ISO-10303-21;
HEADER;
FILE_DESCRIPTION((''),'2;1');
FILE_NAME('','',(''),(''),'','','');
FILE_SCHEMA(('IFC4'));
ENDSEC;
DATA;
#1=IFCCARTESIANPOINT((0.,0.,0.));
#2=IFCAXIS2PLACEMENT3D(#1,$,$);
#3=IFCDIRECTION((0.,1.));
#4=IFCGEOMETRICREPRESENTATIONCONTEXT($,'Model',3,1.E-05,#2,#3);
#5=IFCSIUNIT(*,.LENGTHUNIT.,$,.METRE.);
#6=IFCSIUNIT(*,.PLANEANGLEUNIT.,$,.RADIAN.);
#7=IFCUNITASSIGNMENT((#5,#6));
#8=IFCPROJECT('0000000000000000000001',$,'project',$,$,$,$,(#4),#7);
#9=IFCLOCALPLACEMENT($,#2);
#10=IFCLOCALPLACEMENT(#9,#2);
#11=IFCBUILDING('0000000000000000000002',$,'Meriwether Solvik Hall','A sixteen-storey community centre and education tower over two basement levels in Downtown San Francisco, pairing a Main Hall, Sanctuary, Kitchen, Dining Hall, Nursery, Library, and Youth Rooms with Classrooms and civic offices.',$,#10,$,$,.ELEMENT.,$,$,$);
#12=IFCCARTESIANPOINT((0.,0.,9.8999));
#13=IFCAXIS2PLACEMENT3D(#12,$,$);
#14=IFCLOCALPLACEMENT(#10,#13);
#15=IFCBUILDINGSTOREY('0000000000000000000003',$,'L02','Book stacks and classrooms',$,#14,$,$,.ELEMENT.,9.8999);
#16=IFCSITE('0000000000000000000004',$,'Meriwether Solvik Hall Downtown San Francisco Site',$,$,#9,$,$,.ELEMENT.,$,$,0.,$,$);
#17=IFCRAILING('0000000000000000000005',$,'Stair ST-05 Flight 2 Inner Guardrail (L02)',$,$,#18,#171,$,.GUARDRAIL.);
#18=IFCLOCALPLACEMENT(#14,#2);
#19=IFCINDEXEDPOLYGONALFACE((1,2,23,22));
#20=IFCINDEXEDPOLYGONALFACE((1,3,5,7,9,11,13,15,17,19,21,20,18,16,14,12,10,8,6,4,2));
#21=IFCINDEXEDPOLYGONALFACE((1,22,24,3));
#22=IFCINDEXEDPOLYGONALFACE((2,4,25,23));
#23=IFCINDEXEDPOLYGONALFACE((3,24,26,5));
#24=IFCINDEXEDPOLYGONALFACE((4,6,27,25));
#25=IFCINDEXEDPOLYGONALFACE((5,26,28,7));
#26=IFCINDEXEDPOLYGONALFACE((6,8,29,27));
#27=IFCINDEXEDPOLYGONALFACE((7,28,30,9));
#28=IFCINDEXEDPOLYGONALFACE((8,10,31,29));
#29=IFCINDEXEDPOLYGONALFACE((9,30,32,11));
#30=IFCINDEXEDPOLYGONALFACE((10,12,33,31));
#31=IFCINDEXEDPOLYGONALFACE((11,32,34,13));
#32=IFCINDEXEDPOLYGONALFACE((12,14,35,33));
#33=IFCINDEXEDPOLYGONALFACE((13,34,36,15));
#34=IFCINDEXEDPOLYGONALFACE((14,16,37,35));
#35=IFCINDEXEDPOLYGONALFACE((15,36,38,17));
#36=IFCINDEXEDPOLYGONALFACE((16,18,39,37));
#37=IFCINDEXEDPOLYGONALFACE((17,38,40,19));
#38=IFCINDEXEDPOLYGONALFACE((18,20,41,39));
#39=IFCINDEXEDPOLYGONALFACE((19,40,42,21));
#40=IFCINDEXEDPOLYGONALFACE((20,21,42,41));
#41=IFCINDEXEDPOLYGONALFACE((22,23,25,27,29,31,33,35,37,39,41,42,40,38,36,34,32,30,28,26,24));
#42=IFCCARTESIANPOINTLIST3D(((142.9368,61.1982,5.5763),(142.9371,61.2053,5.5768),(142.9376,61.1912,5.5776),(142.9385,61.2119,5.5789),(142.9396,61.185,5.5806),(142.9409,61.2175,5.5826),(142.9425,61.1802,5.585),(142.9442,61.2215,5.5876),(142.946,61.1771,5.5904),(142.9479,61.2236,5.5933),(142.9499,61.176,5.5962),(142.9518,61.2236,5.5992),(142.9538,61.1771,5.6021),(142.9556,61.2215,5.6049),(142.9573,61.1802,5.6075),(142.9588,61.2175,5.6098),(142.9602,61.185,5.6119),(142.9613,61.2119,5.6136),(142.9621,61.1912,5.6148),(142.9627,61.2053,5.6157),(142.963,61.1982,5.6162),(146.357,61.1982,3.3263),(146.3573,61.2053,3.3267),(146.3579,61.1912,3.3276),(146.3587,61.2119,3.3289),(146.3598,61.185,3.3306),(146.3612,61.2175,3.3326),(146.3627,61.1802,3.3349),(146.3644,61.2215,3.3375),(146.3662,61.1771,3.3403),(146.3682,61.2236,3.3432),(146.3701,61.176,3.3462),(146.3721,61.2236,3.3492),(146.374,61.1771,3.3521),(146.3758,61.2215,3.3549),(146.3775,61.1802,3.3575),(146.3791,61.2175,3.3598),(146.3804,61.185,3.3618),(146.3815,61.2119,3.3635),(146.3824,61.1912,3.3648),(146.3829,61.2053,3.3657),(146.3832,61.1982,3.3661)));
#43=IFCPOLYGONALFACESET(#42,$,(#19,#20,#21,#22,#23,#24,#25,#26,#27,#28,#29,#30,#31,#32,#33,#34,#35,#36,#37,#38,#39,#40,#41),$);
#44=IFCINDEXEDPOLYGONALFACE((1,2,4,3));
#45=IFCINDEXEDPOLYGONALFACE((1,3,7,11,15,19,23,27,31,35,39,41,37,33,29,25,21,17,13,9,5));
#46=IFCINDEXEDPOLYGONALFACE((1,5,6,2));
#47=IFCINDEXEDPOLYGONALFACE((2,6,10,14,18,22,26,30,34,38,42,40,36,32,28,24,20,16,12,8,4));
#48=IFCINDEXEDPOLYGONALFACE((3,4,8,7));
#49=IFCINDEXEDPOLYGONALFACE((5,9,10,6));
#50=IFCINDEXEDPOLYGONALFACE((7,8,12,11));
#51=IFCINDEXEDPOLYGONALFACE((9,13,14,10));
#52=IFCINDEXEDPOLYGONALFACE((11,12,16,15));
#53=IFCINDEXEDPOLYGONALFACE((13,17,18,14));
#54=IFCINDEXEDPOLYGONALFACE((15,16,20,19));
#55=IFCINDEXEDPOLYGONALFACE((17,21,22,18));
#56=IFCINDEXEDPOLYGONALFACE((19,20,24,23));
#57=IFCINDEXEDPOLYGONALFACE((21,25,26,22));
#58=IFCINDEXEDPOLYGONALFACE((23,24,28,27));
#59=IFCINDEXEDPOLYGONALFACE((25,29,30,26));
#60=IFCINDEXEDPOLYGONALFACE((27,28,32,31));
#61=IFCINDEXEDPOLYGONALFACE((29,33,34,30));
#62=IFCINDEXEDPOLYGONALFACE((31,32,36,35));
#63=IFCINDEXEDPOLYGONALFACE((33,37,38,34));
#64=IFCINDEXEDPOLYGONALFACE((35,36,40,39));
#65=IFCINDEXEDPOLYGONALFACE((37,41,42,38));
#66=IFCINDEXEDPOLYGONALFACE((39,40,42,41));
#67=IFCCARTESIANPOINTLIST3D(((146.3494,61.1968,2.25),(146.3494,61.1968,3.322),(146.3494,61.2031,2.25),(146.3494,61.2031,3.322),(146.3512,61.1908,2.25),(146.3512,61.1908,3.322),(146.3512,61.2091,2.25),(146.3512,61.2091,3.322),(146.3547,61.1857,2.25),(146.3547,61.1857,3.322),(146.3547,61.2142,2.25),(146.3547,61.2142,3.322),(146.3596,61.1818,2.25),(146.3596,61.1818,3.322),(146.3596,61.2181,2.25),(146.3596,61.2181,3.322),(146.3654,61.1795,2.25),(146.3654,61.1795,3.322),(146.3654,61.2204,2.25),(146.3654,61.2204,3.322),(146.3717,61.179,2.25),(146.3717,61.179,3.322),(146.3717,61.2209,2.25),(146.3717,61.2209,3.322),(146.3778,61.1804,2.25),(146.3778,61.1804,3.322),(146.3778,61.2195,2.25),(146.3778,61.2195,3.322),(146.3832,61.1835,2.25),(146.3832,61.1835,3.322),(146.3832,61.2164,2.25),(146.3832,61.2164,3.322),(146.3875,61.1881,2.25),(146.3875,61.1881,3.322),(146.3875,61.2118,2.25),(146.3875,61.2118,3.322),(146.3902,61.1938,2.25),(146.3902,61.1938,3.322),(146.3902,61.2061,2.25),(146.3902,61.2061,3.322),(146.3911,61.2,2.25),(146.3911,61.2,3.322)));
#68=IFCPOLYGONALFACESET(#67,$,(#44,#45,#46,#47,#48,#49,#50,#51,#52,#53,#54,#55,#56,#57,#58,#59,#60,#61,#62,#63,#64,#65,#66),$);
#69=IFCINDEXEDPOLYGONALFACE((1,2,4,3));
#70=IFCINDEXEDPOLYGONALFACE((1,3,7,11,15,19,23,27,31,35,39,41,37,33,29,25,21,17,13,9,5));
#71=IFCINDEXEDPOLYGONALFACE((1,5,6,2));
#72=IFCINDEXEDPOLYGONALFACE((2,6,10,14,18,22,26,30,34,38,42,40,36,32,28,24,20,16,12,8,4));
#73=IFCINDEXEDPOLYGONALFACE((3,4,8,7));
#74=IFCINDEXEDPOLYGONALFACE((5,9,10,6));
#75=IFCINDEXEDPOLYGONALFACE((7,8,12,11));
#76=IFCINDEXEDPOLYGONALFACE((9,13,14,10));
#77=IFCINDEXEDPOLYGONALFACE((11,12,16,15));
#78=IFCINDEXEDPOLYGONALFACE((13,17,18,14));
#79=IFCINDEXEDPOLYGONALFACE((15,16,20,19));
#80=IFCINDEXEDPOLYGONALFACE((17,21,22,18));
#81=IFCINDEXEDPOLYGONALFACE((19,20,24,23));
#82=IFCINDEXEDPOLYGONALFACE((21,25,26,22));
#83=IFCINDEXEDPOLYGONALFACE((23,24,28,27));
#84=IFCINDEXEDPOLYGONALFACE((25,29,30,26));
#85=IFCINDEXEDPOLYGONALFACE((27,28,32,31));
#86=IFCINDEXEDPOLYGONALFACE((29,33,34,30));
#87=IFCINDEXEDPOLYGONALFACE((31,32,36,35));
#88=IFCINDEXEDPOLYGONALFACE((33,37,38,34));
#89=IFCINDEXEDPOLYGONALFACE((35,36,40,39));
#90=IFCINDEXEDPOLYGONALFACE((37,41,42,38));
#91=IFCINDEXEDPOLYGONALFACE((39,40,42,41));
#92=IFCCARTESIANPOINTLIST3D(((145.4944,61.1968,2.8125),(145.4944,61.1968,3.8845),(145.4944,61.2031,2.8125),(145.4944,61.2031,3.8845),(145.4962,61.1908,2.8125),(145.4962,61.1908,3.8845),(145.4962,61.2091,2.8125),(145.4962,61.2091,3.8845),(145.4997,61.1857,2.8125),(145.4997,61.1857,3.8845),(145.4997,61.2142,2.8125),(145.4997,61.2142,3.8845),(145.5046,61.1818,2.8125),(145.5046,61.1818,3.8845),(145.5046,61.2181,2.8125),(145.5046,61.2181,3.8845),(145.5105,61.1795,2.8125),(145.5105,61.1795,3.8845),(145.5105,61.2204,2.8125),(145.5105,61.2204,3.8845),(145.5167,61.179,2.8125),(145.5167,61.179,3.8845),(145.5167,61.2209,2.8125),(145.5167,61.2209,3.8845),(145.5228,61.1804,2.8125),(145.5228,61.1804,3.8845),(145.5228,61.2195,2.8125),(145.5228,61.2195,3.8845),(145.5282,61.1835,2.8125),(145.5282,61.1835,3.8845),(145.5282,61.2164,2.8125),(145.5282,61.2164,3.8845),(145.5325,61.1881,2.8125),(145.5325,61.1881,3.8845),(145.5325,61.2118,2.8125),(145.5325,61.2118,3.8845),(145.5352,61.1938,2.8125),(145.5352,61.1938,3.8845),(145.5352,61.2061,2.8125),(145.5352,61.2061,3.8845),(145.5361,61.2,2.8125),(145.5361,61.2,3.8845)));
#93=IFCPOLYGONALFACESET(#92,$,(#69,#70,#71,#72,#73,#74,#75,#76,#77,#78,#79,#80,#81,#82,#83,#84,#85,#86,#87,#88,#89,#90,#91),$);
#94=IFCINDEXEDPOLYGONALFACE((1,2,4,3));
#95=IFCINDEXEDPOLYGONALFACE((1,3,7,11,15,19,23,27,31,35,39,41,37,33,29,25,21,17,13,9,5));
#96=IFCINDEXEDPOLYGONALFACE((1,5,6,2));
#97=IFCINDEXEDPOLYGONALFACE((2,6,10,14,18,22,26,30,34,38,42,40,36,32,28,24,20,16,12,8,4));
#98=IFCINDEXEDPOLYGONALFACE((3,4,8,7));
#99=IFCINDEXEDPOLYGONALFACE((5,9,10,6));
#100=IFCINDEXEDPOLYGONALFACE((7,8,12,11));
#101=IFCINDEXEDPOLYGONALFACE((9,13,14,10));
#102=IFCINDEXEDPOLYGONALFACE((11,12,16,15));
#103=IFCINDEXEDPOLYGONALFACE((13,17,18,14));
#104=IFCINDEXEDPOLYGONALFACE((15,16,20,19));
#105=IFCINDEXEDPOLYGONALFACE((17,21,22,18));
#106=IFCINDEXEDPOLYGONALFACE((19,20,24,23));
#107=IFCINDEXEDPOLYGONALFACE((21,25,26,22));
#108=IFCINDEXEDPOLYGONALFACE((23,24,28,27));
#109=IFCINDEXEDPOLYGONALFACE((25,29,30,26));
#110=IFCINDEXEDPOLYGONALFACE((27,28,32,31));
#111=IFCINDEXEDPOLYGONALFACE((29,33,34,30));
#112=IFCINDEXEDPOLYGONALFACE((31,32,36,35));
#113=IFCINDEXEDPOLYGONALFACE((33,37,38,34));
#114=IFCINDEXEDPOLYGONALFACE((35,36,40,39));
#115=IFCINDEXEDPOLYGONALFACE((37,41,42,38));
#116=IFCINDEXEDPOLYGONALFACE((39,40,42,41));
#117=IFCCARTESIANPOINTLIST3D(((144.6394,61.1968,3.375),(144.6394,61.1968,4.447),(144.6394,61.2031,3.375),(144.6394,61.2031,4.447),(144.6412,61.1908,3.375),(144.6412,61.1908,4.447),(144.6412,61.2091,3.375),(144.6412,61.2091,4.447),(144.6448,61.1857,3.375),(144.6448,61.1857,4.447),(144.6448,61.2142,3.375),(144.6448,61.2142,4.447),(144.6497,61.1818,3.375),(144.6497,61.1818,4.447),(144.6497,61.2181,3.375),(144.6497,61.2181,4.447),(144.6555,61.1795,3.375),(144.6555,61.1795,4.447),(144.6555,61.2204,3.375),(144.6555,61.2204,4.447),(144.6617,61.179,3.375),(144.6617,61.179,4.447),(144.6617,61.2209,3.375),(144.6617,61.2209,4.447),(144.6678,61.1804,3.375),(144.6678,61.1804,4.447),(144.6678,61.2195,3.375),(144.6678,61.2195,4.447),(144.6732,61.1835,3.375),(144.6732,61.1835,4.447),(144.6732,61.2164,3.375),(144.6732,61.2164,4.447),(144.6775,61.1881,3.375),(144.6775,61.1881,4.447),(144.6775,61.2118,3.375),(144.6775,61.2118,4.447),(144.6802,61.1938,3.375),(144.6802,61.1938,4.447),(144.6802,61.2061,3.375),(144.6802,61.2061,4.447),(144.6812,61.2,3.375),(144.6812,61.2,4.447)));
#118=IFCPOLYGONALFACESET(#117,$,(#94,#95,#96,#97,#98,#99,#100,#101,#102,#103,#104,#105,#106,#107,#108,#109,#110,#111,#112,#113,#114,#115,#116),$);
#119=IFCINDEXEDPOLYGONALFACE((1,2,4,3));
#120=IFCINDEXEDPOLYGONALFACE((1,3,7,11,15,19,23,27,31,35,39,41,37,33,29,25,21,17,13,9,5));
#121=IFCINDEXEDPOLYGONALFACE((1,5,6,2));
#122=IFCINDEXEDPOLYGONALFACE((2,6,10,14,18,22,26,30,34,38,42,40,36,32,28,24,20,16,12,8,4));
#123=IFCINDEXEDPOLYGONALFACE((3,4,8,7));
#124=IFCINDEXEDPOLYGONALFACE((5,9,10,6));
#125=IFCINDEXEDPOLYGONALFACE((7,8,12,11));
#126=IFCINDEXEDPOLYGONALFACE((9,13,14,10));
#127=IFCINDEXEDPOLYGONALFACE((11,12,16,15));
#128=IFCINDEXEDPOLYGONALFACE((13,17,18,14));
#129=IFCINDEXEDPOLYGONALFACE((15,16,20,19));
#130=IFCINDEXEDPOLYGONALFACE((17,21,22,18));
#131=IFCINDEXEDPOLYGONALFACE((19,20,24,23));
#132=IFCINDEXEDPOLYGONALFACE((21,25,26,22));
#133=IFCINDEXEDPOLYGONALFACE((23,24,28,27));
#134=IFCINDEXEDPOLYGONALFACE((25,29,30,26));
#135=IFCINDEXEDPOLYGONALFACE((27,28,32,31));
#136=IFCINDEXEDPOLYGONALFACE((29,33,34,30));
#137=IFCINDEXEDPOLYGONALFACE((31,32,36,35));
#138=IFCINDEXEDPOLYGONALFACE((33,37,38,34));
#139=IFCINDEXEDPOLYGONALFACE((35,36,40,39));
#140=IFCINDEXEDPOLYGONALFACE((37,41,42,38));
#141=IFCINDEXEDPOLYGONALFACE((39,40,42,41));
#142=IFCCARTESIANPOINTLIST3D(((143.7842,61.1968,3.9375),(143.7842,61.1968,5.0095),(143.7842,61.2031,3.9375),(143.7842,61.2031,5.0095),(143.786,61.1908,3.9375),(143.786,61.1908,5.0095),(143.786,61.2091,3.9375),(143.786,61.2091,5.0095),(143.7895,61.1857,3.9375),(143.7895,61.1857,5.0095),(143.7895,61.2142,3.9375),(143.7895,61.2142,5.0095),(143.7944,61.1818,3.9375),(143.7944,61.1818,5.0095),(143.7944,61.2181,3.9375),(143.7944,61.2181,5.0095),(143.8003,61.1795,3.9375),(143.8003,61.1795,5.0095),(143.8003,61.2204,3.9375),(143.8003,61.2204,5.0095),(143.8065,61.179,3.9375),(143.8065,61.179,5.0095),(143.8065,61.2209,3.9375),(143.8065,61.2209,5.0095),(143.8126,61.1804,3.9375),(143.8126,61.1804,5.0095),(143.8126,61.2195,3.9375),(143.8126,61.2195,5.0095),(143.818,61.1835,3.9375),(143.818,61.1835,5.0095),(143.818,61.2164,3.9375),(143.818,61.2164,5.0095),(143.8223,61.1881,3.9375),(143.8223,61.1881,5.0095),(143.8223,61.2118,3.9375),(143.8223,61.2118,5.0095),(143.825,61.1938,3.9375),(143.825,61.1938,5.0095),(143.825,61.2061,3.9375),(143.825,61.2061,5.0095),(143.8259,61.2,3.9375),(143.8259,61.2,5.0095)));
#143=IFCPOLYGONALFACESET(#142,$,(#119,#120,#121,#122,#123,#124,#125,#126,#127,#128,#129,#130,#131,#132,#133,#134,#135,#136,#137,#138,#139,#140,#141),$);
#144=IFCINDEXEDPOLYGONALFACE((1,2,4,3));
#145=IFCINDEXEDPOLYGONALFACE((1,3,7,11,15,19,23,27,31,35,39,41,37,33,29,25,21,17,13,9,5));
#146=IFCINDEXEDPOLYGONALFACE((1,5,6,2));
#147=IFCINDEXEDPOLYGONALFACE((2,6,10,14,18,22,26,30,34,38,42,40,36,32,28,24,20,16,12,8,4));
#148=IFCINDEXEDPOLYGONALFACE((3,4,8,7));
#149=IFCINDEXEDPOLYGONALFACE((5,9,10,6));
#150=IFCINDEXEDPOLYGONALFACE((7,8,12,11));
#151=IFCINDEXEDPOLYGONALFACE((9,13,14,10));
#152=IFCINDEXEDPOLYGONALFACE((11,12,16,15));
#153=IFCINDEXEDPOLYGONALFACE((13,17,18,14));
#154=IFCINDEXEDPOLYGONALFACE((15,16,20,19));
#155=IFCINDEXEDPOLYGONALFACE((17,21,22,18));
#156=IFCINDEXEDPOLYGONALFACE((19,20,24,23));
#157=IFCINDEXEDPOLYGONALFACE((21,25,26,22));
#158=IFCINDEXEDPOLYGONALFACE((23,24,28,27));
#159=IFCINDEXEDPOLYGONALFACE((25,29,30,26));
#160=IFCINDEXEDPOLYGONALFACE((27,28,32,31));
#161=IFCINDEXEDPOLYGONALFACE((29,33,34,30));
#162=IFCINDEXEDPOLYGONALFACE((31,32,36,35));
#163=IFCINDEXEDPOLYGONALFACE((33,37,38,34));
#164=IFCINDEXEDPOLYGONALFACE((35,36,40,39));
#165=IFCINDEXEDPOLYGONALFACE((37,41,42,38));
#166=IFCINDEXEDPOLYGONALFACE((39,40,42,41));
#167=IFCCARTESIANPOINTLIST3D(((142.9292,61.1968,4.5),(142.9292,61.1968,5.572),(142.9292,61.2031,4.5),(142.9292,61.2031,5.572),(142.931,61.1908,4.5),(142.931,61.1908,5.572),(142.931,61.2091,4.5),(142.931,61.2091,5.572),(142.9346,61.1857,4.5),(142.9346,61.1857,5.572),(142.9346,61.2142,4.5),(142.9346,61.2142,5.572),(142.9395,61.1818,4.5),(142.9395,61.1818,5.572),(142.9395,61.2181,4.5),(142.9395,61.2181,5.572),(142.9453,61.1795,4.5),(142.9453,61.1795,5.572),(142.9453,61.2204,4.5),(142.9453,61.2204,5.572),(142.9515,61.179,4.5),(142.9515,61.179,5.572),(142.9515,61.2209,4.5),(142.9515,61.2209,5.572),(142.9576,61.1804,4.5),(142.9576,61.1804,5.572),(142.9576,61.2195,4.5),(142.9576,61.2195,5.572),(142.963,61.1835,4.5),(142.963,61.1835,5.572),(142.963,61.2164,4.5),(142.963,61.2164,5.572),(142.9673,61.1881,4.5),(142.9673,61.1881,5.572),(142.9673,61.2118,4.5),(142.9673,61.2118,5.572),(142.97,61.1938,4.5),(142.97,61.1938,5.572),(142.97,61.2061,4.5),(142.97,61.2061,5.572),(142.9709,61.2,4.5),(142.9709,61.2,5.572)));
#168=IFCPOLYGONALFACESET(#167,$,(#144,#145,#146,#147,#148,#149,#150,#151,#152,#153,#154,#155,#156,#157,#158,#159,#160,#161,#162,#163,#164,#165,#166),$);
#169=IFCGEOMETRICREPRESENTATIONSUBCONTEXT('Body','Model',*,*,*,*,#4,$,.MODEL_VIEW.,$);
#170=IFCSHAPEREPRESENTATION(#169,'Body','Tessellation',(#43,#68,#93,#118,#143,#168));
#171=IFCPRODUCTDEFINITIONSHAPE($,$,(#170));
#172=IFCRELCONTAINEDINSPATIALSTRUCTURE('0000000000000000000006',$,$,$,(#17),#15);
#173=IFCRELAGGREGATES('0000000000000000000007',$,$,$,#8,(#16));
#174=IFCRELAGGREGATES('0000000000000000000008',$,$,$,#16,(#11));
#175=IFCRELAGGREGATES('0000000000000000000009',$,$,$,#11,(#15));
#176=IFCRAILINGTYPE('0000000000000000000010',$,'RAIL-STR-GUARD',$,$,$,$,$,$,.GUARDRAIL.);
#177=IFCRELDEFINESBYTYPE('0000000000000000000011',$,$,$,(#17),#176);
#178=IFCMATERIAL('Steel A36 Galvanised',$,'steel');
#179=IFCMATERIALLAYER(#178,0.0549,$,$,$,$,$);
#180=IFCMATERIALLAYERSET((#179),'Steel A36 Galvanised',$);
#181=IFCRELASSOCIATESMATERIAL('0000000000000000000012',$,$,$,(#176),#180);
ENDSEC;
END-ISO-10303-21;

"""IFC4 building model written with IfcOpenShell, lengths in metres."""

from ifc_helpers import new_model, si_unit, direction, frame, origin, origin_2d, place, context, subcontext, project, spatial, circle, extrude, material, layer, layer_set, type_object, element, save


model = new_model("IFC4")

# Units and contexts
model_context = context("Model", 3, precision=1e-05, world=origin(), true_north=direction((0.0, 1.0)))
body_context = subcontext(model_context, "Body", "Model", "MODEL_VIEW")
ifc_project = project(units=[si_unit("LENGTHUNIT", "METRE"), si_unit("PLANEANGLEUNIT", "RADIAN")], contexts=[model_context])

# Site, building, storey
site_placement = place(None, origin())
site = spatial("IfcSite", under=ifc_project, at=site_placement, Name="Meriwether Solvik Hall Downtown San Francisco Site", CompositionType="ELEMENT", RefElevation=0.0)
building_placement = place(site_placement, origin())
building = spatial("IfcBuilding", under=site, at=building_placement, Name="Meriwether Solvik Hall", Description="A sixteen-storey community centre and education tower over two basement levels in Downtown San Francisco, pairing a Main Hall, Sanctuary, Kitchen, Dining Hall, Nursery, Library, and Youth Rooms with Classrooms and civic offices.", CompositionType="ELEMENT")
storey_placement = place(building_placement, frame((0.0, 0.0, 9.8999)))
storey = spatial("IfcBuildingStorey", under=building, at=storey_placement, Name="L02", Description="Book stacks and classrooms", CompositionType="ELEMENT", Elevation=9.8999)

# Railing
ifc_material_1 = material(Name="Steel A36 Galvanised", Category="steel")
ifc_layer_1 = layer(ifc_material_1, 0.0549)
ifc_layer_set_1 = layer_set([ifc_layer_1], Name="Steel A36 Galvanised")
railing_type_1 = type_object("IfcRailingType", Name="RAIL-STR-GUARD", PredefinedType="GUARDRAIL", material=ifc_layer_set_1)
railing_1_placement = place(storey_placement, frame((146.3701, 61.2, 2.25)))
element("IfcRailing", 1, at=railing_1_placement, inside=storey, type_object=railing_type_1, Name="Stair ST-05 Flight 2 Inner Guardrail (L02)", PredefinedType="GUARDRAIL", context=body_context, shape_type="SweptSolid", body=[
    extrude(circle(Radius=0.0239, at=origin_2d()), frame((0.0, 0.0, 1.0962), z_axis=(-0.835429, 0.0, 0.549598), x_axis=(0.0, -1.0, 0.0)), (0.0, 0.0, 1.0), 4.094),
    extrude(circle(Radius=0.021, at=origin_2d()), origin(), (0.0, 0.0, 1.0), 1.072),
    extrude(circle(Radius=0.021, at=origin_2d()), frame((-0.855, 0.0, 0.5625)), (0.0, 0.0, 1.0), 1.072),
    extrude(circle(Radius=0.021, at=origin_2d()), frame((-1.71, 0.0, 1.125)), (0.0, 0.0, 1.0), 1.072),
    extrude(circle(Radius=0.021, at=origin_2d()), frame((-2.5652, 0.0, 1.6875)), (0.0, 0.0, 1.0), 1.072),
    extrude(circle(Radius=0.021, at=origin_2d()), frame((-3.4202, 0.0, 2.25)), (0.0, 0.0, 1.0), 1.072),
])

save(model, "model.ifc")
